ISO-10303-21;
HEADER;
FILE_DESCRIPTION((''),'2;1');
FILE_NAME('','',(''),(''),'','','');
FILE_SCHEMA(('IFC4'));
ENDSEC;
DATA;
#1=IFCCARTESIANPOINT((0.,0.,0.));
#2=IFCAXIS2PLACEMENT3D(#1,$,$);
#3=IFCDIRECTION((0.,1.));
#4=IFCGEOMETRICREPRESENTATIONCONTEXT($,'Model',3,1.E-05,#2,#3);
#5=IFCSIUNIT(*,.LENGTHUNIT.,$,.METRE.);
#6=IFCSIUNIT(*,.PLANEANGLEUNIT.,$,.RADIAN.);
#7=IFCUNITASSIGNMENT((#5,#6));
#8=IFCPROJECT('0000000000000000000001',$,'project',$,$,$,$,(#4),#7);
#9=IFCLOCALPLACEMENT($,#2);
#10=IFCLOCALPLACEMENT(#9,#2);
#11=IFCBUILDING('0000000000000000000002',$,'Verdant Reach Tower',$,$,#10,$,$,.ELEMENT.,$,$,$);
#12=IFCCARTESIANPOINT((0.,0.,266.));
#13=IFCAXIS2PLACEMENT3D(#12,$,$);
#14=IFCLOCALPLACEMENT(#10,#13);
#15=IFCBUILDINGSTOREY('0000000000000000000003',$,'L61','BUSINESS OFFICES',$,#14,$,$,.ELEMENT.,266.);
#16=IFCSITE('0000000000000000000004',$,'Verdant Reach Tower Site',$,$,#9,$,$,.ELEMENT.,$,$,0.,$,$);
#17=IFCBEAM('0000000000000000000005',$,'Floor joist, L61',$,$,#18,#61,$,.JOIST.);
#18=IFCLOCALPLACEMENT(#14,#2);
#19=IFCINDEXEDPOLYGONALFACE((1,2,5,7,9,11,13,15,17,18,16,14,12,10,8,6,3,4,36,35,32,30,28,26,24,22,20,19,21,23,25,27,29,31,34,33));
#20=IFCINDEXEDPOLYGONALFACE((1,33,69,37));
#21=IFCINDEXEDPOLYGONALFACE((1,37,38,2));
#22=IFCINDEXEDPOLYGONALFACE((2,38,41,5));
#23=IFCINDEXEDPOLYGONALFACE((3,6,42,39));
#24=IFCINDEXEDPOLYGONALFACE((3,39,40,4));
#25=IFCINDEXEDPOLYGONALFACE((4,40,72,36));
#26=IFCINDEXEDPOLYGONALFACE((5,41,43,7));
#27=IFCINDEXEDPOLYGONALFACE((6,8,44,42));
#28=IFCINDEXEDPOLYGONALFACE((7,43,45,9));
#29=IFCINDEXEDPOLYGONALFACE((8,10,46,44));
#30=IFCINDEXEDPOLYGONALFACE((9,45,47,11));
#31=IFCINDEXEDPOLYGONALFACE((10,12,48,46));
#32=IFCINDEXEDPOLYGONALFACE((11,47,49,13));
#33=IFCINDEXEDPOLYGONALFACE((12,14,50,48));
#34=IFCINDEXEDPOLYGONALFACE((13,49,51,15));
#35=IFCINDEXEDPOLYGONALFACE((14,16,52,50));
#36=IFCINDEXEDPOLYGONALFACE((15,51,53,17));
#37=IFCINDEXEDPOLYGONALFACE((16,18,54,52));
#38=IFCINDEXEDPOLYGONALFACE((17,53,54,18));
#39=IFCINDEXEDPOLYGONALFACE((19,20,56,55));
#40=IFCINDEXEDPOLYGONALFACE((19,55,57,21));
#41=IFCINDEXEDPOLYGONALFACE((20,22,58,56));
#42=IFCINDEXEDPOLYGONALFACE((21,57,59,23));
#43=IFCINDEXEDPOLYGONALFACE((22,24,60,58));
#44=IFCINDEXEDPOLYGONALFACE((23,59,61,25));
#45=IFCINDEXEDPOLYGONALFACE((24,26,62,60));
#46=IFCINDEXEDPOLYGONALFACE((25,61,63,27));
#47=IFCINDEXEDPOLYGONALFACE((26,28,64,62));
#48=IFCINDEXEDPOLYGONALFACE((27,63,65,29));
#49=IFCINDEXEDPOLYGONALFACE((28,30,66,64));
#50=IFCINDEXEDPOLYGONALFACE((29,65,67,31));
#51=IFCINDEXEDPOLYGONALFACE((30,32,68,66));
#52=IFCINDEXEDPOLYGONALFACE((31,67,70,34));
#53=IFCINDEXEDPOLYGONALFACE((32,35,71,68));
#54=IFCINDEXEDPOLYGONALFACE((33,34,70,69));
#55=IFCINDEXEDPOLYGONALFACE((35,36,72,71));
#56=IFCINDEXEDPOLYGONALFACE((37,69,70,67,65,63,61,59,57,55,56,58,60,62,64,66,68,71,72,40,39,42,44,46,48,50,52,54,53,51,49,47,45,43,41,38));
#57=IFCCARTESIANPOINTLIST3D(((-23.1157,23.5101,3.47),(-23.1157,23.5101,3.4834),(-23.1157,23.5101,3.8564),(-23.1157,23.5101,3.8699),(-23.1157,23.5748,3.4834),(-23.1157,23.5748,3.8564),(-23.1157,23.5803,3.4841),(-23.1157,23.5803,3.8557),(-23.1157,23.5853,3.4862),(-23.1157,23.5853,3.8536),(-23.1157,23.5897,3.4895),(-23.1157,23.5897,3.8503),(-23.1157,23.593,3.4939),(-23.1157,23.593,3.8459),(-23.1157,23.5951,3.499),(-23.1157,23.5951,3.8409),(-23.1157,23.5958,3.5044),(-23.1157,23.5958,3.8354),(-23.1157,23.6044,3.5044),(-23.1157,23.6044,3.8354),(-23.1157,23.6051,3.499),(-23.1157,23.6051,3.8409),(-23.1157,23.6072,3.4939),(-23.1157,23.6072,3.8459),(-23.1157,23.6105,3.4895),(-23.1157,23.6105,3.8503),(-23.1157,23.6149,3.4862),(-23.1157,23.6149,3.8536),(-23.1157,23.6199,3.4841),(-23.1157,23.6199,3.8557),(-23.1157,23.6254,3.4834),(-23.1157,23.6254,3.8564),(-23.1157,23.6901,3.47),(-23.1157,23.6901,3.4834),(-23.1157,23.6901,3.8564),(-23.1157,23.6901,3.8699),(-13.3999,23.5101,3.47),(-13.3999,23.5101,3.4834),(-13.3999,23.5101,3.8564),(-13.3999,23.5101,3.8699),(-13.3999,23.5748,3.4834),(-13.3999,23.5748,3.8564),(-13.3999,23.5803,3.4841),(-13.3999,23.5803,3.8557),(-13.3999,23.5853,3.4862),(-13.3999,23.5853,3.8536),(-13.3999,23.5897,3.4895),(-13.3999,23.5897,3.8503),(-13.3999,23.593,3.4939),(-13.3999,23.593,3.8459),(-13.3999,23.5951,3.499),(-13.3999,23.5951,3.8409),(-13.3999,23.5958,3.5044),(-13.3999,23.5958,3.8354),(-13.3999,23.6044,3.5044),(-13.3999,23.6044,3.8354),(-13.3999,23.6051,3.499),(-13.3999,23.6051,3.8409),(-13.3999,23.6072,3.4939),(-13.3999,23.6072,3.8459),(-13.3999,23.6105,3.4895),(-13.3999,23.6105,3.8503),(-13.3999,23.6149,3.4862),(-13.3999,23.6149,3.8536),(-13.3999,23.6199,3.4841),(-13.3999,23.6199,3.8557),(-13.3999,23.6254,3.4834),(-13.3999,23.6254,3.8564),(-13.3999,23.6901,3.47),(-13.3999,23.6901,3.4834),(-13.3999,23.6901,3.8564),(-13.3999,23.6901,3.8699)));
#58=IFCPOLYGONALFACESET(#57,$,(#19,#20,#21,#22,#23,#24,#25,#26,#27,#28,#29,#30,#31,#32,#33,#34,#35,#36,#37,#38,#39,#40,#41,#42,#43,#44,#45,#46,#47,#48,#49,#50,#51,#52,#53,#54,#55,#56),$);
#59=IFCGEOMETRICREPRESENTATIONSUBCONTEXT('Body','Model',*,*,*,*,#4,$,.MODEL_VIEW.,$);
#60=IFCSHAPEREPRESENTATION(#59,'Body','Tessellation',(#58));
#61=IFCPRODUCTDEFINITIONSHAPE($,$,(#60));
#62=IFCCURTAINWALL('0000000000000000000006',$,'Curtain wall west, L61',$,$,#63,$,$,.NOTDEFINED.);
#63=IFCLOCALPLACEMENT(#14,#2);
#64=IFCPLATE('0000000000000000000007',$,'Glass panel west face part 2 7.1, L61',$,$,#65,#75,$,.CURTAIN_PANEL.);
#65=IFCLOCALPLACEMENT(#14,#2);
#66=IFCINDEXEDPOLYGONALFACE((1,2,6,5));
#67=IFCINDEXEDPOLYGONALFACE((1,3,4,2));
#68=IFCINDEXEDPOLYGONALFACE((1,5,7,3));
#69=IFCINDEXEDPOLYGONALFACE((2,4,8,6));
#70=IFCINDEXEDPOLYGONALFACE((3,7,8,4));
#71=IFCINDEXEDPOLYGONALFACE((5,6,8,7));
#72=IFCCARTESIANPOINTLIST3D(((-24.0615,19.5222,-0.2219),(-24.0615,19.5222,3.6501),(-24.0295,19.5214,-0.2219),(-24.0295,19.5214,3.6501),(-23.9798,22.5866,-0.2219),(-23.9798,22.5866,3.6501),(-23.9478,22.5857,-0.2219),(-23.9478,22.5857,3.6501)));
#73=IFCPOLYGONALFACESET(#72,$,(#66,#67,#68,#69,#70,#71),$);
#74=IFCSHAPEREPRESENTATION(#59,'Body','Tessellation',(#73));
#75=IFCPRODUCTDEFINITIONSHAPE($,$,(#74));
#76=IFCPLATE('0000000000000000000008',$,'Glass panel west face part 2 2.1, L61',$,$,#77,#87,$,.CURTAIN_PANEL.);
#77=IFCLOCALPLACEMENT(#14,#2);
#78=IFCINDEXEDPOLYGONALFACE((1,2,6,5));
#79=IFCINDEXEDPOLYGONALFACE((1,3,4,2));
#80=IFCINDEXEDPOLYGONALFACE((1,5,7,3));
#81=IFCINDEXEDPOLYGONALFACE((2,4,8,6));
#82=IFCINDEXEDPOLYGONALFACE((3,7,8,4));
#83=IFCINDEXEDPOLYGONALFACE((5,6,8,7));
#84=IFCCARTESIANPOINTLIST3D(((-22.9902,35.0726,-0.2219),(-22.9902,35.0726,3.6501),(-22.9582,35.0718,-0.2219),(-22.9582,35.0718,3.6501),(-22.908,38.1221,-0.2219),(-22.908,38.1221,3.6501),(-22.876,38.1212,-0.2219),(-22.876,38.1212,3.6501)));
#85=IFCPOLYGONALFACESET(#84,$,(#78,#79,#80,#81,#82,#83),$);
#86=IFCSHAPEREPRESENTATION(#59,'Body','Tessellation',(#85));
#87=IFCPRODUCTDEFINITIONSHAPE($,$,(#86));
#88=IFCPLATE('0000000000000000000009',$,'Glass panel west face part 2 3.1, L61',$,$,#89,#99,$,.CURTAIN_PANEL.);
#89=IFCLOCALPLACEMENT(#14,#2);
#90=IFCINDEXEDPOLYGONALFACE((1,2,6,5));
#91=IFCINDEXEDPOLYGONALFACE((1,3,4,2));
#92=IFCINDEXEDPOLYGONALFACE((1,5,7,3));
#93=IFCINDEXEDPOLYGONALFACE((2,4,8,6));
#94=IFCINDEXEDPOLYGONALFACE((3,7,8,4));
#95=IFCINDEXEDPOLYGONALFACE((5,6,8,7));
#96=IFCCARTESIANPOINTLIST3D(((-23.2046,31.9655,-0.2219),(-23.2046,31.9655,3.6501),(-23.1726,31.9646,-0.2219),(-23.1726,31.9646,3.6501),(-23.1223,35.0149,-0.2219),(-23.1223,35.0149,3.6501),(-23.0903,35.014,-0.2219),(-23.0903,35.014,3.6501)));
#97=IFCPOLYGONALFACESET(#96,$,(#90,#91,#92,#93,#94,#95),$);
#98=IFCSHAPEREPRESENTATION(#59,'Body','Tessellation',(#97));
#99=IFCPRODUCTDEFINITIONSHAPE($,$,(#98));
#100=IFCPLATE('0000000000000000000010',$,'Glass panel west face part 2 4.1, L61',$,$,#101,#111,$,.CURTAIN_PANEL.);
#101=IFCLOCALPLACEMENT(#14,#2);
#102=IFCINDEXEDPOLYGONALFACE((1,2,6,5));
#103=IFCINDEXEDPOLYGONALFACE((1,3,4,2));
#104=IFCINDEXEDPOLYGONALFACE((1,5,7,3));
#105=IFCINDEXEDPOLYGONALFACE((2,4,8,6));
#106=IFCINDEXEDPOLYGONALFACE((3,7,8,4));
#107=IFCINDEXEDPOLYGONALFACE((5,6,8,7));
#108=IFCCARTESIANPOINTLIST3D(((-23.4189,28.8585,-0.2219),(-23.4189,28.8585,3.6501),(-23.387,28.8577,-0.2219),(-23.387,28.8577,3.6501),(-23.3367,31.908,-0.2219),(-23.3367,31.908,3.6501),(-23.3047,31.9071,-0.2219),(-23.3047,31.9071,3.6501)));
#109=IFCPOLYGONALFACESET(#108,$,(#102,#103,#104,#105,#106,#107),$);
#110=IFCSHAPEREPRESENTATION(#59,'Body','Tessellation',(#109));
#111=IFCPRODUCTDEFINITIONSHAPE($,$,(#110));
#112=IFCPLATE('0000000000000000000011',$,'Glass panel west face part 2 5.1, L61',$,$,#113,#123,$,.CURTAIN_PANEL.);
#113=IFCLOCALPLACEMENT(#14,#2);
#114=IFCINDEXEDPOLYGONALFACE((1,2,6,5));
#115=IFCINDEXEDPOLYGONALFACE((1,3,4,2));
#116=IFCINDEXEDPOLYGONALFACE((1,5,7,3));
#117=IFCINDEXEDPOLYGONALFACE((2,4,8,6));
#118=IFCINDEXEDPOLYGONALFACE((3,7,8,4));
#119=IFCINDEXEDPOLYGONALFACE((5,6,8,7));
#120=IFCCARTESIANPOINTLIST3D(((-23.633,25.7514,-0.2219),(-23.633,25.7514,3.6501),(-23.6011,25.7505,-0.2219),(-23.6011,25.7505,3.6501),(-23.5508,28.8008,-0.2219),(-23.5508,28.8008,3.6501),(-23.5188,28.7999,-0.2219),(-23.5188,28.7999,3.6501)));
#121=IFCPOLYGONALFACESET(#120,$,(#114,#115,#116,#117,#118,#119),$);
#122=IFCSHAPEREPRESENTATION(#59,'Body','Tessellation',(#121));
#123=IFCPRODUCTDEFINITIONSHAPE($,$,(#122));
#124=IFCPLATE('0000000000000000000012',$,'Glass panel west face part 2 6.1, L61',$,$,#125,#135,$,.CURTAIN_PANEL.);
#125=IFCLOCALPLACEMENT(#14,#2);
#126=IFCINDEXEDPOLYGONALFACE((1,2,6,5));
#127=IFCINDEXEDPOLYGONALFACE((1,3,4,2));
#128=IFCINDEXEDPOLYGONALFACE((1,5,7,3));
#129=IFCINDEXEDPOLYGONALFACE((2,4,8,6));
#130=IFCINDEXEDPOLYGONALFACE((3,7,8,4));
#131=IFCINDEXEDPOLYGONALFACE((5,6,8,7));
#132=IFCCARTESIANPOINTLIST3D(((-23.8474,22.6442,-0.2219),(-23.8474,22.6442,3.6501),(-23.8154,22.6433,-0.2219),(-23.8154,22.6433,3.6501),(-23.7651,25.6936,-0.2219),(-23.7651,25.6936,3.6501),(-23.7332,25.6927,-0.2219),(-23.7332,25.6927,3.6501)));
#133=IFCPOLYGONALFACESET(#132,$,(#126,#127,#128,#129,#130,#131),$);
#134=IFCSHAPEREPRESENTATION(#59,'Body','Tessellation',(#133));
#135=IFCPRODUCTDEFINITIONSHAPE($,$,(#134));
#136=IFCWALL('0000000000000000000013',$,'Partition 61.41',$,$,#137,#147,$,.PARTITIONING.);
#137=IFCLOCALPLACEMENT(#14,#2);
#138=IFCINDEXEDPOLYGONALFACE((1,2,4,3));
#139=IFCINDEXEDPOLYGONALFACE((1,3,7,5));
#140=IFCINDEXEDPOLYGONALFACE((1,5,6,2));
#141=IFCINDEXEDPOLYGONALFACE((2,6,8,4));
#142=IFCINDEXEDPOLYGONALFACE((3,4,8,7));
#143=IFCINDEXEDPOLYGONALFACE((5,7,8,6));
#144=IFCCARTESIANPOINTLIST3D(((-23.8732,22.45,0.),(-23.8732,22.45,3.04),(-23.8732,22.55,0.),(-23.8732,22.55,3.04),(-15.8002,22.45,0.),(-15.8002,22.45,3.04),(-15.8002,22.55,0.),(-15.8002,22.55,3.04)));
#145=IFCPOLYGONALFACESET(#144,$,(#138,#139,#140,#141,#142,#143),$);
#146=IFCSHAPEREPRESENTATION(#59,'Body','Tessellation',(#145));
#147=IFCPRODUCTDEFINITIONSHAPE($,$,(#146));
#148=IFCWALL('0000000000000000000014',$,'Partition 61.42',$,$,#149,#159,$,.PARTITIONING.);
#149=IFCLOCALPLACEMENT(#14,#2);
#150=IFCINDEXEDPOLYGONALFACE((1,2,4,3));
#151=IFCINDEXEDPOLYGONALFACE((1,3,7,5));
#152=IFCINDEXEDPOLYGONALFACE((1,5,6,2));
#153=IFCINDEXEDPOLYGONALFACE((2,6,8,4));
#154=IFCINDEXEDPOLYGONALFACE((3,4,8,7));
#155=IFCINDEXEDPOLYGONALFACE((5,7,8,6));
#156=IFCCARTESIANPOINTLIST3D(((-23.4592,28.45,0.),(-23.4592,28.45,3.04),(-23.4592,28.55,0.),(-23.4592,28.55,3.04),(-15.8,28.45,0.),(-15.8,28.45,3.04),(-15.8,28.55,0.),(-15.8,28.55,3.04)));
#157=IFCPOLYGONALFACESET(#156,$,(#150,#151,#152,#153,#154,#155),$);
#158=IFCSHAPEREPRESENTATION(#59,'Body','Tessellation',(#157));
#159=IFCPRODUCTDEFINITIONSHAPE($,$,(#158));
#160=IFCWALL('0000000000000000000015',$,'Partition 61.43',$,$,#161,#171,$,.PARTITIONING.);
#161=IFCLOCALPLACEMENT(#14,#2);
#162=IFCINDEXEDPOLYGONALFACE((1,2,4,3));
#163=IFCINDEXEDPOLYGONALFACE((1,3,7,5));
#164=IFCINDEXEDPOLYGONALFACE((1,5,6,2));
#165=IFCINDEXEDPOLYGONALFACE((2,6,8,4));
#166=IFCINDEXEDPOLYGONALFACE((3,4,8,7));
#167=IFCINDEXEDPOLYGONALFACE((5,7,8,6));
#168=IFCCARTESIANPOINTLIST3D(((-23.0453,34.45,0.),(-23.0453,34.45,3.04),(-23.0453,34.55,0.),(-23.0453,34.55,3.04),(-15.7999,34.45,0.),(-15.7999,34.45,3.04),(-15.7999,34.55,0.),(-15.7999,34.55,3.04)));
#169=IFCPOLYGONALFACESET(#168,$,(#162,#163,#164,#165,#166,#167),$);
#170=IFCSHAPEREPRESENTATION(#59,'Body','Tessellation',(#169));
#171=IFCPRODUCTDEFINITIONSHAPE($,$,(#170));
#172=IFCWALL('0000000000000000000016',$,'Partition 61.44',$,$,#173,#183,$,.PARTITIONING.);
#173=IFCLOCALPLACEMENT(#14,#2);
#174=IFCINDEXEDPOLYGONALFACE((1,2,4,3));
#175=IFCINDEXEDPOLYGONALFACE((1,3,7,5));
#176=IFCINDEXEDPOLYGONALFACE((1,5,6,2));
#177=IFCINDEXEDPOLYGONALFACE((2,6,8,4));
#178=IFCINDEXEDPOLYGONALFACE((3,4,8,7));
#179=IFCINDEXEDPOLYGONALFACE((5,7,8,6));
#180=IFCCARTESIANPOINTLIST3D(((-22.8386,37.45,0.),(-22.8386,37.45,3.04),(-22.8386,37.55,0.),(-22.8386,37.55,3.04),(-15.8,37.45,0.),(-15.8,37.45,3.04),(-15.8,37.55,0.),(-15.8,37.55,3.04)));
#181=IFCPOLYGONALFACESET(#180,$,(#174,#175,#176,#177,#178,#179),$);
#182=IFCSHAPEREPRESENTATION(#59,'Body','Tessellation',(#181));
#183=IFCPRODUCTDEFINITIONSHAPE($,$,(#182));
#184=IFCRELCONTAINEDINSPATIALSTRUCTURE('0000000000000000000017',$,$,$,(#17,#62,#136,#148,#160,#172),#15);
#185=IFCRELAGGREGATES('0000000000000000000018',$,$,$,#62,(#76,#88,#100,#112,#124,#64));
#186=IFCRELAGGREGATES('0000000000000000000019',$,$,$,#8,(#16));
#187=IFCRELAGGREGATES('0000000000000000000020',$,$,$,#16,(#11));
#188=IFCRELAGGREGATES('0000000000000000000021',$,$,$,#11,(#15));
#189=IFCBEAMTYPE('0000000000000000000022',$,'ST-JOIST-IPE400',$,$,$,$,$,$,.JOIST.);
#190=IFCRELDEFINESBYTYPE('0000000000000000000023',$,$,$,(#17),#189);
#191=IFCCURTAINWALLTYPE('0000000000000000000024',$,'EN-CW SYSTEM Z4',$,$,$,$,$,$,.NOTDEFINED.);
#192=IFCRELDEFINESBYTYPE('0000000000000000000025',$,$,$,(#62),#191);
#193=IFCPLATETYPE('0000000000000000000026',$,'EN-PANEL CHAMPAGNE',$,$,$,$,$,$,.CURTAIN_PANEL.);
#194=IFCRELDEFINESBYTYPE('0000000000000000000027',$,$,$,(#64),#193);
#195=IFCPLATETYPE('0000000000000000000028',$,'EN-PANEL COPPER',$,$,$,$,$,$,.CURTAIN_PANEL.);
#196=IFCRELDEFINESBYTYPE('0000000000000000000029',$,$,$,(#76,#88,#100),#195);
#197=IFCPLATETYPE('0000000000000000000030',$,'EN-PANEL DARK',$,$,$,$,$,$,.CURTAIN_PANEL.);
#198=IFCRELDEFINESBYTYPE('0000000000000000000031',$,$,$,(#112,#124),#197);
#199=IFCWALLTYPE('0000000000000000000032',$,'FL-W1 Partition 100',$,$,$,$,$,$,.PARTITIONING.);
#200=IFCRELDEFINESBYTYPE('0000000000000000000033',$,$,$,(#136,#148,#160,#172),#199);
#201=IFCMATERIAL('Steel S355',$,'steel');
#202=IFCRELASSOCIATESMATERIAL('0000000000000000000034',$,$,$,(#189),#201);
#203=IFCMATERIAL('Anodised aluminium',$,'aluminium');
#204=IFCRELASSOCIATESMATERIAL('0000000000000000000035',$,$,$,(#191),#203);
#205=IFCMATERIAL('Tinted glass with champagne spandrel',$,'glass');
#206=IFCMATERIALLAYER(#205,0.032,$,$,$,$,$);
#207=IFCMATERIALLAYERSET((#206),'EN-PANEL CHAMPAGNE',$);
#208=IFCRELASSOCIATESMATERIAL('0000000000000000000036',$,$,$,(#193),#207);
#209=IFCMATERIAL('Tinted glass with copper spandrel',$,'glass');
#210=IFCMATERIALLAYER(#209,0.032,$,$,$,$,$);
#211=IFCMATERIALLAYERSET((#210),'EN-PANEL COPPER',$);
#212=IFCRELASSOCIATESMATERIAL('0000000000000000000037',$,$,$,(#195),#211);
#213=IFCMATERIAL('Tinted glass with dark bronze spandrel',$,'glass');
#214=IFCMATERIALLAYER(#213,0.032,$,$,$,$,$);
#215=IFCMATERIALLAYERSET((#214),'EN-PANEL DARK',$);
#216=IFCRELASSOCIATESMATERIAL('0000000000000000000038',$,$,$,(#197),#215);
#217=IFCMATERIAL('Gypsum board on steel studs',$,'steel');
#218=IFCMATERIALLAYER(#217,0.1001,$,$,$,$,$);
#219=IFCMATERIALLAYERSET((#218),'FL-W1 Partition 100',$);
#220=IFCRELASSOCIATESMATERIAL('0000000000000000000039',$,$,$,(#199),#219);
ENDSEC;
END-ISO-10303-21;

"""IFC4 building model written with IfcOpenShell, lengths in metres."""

from ifc_helpers import new_model, si_unit, direction, frame, frame_2d, origin, origin_2d, place, context, subcontext, project, spatial, rectangle, i_section, extrude, material, layer, layer_set, material_profile, profile_set, type_object, element, aggregate, save


model = new_model("IFC4")

# Units and contexts
model_context = context("Model", 3, precision=1e-05, world=origin(), true_north=direction((0.0, 1.0)))
body_context = subcontext(model_context, "Body", "Model", "MODEL_VIEW")
ifc_project = project(units=[si_unit("LENGTHUNIT", "METRE"), si_unit("PLANEANGLEUNIT", "RADIAN")], contexts=[model_context])

# Site, building, storey
site_placement = place(None, origin())
site = spatial("IfcSite", under=ifc_project, at=site_placement, Name="Verdant Reach Tower Site", CompositionType="ELEMENT", RefElevation=0.0)
building_placement = place(site_placement, origin())
building = spatial("IfcBuilding", under=site, at=building_placement, Name="Verdant Reach Tower", CompositionType="ELEMENT")
storey_placement = place(building_placement, frame((0.0, 0.0, 266.0)))
storey = spatial("IfcBuildingStorey", under=building, at=storey_placement, Name="L61", Description="BUSINESS OFFICES", CompositionType="ELEMENT", Elevation=266.0)

# Beam
ifc_material_1 = material(Name="Steel S355", Category="steel")
ifc_material_profile_1 = material_profile(ifc_material_1, i_section(OverallWidth=0.1799, OverallDepth=0.3999, WebThickness=0.0085, FlangeThickness=0.0134, FilletRadius=0.021, at=origin_2d()), Name="IPE 400")
ifc_profile_set_1 = profile_set([ifc_material_profile_1], Name="Steel S355")
beam_type_1 = type_object("IfcBeamType", Name="ST-JOIST-IPE400", PredefinedType="JOIST", material=ifc_profile_set_1)
beam_1_placement = place(storey_placement, frame((-13.3999, 23.6001, 3.6699), z_axis=(-1.0, 0.0, 0.0), x_axis=(0.0, -1.0, 0.0)))
element("IfcBeam", 1, at=beam_1_placement, inside=storey, type_object=beam_type_1, Name="Floor joist, L61", PredefinedType="JOIST", context=body_context, shape_type="SweptSolid", body=[
    extrude(i_section(OverallWidth=0.1799, OverallDepth=0.3999, WebThickness=0.0085, FlangeThickness=0.0134, FilletRadius=0.021, at=origin_2d()), origin(), (0.0, 0.0, 1.0), 9.7158),
])

# Curtain wall, plates
ifc_material_2 = material(Name="Anodised aluminium", Category="aluminium")
curtain_wall_type = type_object("IfcCurtainWallType", Name="EN-CW SYSTEM Z4", PredefinedType="NOTDEFINED", material=ifc_material_2)
curtain_wall_placement = place(storey_placement, origin())
curtain_wall = element("IfcCurtainWall", 2, at=curtain_wall_placement, inside=storey, type_object=curtain_wall_type, Name="Curtain wall west, L61", PredefinedType="NOTDEFINED")
ifc_material_3 = material(Name="Tinted glass with champagne spandrel", Category="glass")
ifc_layer_1 = layer(ifc_material_3, 0.032)
ifc_layer_set_1 = layer_set([ifc_layer_1], Name="EN-PANEL CHAMPAGNE")
plate_type_1 = type_object("IfcPlateType", Name="EN-PANEL CHAMPAGNE", PredefinedType="CURTAIN_PANEL", material=ifc_layer_set_1)
plate_1_placement = place(storey_placement, frame((-24.0046, 21.054, -0.2219), z_axis=(0.0, 0.0, 1.0), x_axis=(-0.026651, -0.999645, 0.0)))
plate_1 = element("IfcPlate", 3, at=plate_1_placement, type_object=plate_type_1, Name="Glass panel west face part 2 7.1, L61", PredefinedType="CURTAIN_PANEL", context=body_context, shape_type="SweptSolid", body=[
    extrude(rectangle(XDim=3.0654, YDim=0.032, at=origin_2d()), origin(), (0.0, 0.0, 1.0), 3.8721),
])
ifc_material_4 = material(Name="Tinted glass with copper spandrel", Category="glass")
ifc_layer_2 = layer(ifc_material_4, 0.032)
ifc_layer_set_2 = layer_set([ifc_layer_2], Name="EN-PANEL COPPER")
plate_type_2 = type_object("IfcPlateType", Name="EN-PANEL COPPER", PredefinedType="CURTAIN_PANEL", material=ifc_layer_set_2)
plate_2_placement = place(storey_placement, frame((-22.9331, 36.5969, -0.2219), z_axis=(0.0, 0.0, 1.0), x_axis=(-0.026965, -0.999636, 0.0)))
plate_2 = element("IfcPlate", 4, at=plate_2_placement, type_object=plate_type_2, Name="Glass panel west face part 2 2.1, L61", PredefinedType="CURTAIN_PANEL", context=body_context, shape_type="SweptSolid", body=[
    extrude(rectangle(XDim=3.0505, YDim=0.032, at=origin_2d()), origin(), (0.0, 0.0, 1.0), 3.8721),
])
plate_3_placement = place(storey_placement, frame((-23.1475, 33.4897, -0.2219), z_axis=(0.0, 0.0, 1.0), x_axis=(-0.026965, -0.999636, 0.0)))
plate_3 = element("IfcPlate", 5, at=plate_3_placement, type_object=plate_type_2, Name="Glass panel west face part 2 3.1, L61", PredefinedType="CURTAIN_PANEL", context=body_context, shape_type="SweptSolid", body=[
    extrude(rectangle(XDim=3.0505, YDim=0.032, at=origin_2d()), origin(), (0.0, 0.0, 1.0), 3.8721),
])
plate_4_placement = place(storey_placement, frame((-23.3618, 30.3828, -0.2219), z_axis=(0.0, 0.0, 1.0), x_axis=(-0.026965, -0.999636, 0.0)))
plate_4 = element("IfcPlate", 6, at=plate_4_placement, type_object=plate_type_2, Name="Glass panel west face part 2 4.1, L61", PredefinedType="CURTAIN_PANEL", context=body_context, shape_type="SweptSolid", body=[
    extrude(rectangle(XDim=3.0505, YDim=0.032, at=origin_2d()), origin(), (0.0, 0.0, 1.0), 3.8721),
])
ifc_material_5 = material(Name="Tinted glass with dark bronze spandrel", Category="glass")
ifc_layer_3 = layer(ifc_material_5, 0.032)
ifc_layer_set_3 = layer_set([ifc_layer_3], Name="EN-PANEL DARK")
plate_type_3 = type_object("IfcPlateType", Name="EN-PANEL DARK", PredefinedType="CURTAIN_PANEL", material=ifc_layer_set_3)
plate_5_placement = place(storey_placement, frame((-23.5759, 27.2756, -0.2219), z_axis=(0.0, 0.0, 1.0), x_axis=(-0.026965, -0.999636, 0.0)))
plate_5 = element("IfcPlate", 7, at=plate_5_placement, type_object=plate_type_3, Name="Glass panel west face part 2 5.1, L61", PredefinedType="CURTAIN_PANEL", context=body_context, shape_type="SweptSolid", body=[
    extrude(rectangle(XDim=3.0505, YDim=0.032, at=origin_2d()), origin(), (0.0, 0.0, 1.0), 3.8721),
])
plate_6_placement = place(storey_placement, frame((-23.7903, 24.1685, -0.2219), z_axis=(0.0, 0.0, 1.0), x_axis=(-0.026965, -0.999636, 0.0)))
plate_6 = element("IfcPlate", 8, at=plate_6_placement, type_object=plate_type_3, Name="Glass panel west face part 2 6.1, L61", PredefinedType="CURTAIN_PANEL", context=body_context, shape_type="SweptSolid", body=[
    extrude(rectangle(XDim=3.0505, YDim=0.032, at=origin_2d()), origin(), (0.0, 0.0, 1.0), 3.8721),
])
aggregate(curtain_wall, [plate_2, plate_3, plate_4, plate_5, plate_6, plate_1])

# Walls
ifc_material_6 = material(Name="Gypsum board on steel studs", Category="steel")
ifc_layer_4 = layer(ifc_material_6, 0.1001)
ifc_layer_set_4 = layer_set([ifc_layer_4], Name="FL-W1 Partition 100")
wall_type_1 = type_object("IfcWallType", Name="FL-W1 Partition 100", PredefinedType="PARTITIONING", material=ifc_layer_set_4)
wall_1_placement = place(storey_placement, frame((-15.8, 22.5, 0.0), z_axis=(0.0, 0.0, 1.0), x_axis=(-1.0, 0.0, 0.0)))
element("IfcWall", 9, at=wall_1_placement, inside=storey, type_object=wall_type_1, Name="Partition 61.41", PredefinedType="PARTITIONING", context=body_context, shape_type="SweptSolid", body=[
    extrude(rectangle(XDim=8.073, YDim=0.1001, at=frame_2d((4.0366, 0.0))), origin(), (0.0, 0.0, 1.0), 3.04),
])
wall_2_placement = place(storey_placement, frame((-15.8, 28.5, 0.0), z_axis=(0.0, 0.0, 1.0), x_axis=(-1.0, 0.0, 0.0)))
element("IfcWall", 10, at=wall_2_placement, inside=storey, type_object=wall_type_1, Name="Partition 61.42", PredefinedType="PARTITIONING", context=body_context, shape_type="SweptSolid", body=[
    extrude(rectangle(XDim=7.6592, YDim=0.1001, at=frame_2d((3.8296, 0.0))), origin(), (0.0, 0.0, 1.0), 3.04),
])
wall_3_placement = place(storey_placement, frame((-15.8, 34.5, 0.0), z_axis=(0.0, 0.0, 1.0), x_axis=(-1.0, 0.0, 0.0)))
element("IfcWall", 11, at=wall_3_placement, inside=storey, type_object=wall_type_1, Name="Partition 61.43", PredefinedType="PARTITIONING", context=body_context, shape_type="SweptSolid", body=[
    extrude(rectangle(XDim=7.2454, YDim=0.1001, at=frame_2d((3.6226, 0.0))), origin(), (0.0, 0.0, 1.0), 3.04),
])
wall_4_placement = place(storey_placement, frame((-15.8, 37.5, 0.0), z_axis=(0.0, 0.0, 1.0), x_axis=(-1.0, 0.0, 0.0)))
element("IfcWall", 12, at=wall_4_placement, inside=storey, type_object=wall_type_1, Name="Partition 61.44", PredefinedType="PARTITIONING", context=body_context, shape_type="SweptSolid", body=[
    extrude(rectangle(XDim=7.0386, YDim=0.1001, at=frame_2d((3.5193, 0.0))), origin(), (0.0, 0.0, 1.0), 3.04),
])

save(model, "model.ifc")
